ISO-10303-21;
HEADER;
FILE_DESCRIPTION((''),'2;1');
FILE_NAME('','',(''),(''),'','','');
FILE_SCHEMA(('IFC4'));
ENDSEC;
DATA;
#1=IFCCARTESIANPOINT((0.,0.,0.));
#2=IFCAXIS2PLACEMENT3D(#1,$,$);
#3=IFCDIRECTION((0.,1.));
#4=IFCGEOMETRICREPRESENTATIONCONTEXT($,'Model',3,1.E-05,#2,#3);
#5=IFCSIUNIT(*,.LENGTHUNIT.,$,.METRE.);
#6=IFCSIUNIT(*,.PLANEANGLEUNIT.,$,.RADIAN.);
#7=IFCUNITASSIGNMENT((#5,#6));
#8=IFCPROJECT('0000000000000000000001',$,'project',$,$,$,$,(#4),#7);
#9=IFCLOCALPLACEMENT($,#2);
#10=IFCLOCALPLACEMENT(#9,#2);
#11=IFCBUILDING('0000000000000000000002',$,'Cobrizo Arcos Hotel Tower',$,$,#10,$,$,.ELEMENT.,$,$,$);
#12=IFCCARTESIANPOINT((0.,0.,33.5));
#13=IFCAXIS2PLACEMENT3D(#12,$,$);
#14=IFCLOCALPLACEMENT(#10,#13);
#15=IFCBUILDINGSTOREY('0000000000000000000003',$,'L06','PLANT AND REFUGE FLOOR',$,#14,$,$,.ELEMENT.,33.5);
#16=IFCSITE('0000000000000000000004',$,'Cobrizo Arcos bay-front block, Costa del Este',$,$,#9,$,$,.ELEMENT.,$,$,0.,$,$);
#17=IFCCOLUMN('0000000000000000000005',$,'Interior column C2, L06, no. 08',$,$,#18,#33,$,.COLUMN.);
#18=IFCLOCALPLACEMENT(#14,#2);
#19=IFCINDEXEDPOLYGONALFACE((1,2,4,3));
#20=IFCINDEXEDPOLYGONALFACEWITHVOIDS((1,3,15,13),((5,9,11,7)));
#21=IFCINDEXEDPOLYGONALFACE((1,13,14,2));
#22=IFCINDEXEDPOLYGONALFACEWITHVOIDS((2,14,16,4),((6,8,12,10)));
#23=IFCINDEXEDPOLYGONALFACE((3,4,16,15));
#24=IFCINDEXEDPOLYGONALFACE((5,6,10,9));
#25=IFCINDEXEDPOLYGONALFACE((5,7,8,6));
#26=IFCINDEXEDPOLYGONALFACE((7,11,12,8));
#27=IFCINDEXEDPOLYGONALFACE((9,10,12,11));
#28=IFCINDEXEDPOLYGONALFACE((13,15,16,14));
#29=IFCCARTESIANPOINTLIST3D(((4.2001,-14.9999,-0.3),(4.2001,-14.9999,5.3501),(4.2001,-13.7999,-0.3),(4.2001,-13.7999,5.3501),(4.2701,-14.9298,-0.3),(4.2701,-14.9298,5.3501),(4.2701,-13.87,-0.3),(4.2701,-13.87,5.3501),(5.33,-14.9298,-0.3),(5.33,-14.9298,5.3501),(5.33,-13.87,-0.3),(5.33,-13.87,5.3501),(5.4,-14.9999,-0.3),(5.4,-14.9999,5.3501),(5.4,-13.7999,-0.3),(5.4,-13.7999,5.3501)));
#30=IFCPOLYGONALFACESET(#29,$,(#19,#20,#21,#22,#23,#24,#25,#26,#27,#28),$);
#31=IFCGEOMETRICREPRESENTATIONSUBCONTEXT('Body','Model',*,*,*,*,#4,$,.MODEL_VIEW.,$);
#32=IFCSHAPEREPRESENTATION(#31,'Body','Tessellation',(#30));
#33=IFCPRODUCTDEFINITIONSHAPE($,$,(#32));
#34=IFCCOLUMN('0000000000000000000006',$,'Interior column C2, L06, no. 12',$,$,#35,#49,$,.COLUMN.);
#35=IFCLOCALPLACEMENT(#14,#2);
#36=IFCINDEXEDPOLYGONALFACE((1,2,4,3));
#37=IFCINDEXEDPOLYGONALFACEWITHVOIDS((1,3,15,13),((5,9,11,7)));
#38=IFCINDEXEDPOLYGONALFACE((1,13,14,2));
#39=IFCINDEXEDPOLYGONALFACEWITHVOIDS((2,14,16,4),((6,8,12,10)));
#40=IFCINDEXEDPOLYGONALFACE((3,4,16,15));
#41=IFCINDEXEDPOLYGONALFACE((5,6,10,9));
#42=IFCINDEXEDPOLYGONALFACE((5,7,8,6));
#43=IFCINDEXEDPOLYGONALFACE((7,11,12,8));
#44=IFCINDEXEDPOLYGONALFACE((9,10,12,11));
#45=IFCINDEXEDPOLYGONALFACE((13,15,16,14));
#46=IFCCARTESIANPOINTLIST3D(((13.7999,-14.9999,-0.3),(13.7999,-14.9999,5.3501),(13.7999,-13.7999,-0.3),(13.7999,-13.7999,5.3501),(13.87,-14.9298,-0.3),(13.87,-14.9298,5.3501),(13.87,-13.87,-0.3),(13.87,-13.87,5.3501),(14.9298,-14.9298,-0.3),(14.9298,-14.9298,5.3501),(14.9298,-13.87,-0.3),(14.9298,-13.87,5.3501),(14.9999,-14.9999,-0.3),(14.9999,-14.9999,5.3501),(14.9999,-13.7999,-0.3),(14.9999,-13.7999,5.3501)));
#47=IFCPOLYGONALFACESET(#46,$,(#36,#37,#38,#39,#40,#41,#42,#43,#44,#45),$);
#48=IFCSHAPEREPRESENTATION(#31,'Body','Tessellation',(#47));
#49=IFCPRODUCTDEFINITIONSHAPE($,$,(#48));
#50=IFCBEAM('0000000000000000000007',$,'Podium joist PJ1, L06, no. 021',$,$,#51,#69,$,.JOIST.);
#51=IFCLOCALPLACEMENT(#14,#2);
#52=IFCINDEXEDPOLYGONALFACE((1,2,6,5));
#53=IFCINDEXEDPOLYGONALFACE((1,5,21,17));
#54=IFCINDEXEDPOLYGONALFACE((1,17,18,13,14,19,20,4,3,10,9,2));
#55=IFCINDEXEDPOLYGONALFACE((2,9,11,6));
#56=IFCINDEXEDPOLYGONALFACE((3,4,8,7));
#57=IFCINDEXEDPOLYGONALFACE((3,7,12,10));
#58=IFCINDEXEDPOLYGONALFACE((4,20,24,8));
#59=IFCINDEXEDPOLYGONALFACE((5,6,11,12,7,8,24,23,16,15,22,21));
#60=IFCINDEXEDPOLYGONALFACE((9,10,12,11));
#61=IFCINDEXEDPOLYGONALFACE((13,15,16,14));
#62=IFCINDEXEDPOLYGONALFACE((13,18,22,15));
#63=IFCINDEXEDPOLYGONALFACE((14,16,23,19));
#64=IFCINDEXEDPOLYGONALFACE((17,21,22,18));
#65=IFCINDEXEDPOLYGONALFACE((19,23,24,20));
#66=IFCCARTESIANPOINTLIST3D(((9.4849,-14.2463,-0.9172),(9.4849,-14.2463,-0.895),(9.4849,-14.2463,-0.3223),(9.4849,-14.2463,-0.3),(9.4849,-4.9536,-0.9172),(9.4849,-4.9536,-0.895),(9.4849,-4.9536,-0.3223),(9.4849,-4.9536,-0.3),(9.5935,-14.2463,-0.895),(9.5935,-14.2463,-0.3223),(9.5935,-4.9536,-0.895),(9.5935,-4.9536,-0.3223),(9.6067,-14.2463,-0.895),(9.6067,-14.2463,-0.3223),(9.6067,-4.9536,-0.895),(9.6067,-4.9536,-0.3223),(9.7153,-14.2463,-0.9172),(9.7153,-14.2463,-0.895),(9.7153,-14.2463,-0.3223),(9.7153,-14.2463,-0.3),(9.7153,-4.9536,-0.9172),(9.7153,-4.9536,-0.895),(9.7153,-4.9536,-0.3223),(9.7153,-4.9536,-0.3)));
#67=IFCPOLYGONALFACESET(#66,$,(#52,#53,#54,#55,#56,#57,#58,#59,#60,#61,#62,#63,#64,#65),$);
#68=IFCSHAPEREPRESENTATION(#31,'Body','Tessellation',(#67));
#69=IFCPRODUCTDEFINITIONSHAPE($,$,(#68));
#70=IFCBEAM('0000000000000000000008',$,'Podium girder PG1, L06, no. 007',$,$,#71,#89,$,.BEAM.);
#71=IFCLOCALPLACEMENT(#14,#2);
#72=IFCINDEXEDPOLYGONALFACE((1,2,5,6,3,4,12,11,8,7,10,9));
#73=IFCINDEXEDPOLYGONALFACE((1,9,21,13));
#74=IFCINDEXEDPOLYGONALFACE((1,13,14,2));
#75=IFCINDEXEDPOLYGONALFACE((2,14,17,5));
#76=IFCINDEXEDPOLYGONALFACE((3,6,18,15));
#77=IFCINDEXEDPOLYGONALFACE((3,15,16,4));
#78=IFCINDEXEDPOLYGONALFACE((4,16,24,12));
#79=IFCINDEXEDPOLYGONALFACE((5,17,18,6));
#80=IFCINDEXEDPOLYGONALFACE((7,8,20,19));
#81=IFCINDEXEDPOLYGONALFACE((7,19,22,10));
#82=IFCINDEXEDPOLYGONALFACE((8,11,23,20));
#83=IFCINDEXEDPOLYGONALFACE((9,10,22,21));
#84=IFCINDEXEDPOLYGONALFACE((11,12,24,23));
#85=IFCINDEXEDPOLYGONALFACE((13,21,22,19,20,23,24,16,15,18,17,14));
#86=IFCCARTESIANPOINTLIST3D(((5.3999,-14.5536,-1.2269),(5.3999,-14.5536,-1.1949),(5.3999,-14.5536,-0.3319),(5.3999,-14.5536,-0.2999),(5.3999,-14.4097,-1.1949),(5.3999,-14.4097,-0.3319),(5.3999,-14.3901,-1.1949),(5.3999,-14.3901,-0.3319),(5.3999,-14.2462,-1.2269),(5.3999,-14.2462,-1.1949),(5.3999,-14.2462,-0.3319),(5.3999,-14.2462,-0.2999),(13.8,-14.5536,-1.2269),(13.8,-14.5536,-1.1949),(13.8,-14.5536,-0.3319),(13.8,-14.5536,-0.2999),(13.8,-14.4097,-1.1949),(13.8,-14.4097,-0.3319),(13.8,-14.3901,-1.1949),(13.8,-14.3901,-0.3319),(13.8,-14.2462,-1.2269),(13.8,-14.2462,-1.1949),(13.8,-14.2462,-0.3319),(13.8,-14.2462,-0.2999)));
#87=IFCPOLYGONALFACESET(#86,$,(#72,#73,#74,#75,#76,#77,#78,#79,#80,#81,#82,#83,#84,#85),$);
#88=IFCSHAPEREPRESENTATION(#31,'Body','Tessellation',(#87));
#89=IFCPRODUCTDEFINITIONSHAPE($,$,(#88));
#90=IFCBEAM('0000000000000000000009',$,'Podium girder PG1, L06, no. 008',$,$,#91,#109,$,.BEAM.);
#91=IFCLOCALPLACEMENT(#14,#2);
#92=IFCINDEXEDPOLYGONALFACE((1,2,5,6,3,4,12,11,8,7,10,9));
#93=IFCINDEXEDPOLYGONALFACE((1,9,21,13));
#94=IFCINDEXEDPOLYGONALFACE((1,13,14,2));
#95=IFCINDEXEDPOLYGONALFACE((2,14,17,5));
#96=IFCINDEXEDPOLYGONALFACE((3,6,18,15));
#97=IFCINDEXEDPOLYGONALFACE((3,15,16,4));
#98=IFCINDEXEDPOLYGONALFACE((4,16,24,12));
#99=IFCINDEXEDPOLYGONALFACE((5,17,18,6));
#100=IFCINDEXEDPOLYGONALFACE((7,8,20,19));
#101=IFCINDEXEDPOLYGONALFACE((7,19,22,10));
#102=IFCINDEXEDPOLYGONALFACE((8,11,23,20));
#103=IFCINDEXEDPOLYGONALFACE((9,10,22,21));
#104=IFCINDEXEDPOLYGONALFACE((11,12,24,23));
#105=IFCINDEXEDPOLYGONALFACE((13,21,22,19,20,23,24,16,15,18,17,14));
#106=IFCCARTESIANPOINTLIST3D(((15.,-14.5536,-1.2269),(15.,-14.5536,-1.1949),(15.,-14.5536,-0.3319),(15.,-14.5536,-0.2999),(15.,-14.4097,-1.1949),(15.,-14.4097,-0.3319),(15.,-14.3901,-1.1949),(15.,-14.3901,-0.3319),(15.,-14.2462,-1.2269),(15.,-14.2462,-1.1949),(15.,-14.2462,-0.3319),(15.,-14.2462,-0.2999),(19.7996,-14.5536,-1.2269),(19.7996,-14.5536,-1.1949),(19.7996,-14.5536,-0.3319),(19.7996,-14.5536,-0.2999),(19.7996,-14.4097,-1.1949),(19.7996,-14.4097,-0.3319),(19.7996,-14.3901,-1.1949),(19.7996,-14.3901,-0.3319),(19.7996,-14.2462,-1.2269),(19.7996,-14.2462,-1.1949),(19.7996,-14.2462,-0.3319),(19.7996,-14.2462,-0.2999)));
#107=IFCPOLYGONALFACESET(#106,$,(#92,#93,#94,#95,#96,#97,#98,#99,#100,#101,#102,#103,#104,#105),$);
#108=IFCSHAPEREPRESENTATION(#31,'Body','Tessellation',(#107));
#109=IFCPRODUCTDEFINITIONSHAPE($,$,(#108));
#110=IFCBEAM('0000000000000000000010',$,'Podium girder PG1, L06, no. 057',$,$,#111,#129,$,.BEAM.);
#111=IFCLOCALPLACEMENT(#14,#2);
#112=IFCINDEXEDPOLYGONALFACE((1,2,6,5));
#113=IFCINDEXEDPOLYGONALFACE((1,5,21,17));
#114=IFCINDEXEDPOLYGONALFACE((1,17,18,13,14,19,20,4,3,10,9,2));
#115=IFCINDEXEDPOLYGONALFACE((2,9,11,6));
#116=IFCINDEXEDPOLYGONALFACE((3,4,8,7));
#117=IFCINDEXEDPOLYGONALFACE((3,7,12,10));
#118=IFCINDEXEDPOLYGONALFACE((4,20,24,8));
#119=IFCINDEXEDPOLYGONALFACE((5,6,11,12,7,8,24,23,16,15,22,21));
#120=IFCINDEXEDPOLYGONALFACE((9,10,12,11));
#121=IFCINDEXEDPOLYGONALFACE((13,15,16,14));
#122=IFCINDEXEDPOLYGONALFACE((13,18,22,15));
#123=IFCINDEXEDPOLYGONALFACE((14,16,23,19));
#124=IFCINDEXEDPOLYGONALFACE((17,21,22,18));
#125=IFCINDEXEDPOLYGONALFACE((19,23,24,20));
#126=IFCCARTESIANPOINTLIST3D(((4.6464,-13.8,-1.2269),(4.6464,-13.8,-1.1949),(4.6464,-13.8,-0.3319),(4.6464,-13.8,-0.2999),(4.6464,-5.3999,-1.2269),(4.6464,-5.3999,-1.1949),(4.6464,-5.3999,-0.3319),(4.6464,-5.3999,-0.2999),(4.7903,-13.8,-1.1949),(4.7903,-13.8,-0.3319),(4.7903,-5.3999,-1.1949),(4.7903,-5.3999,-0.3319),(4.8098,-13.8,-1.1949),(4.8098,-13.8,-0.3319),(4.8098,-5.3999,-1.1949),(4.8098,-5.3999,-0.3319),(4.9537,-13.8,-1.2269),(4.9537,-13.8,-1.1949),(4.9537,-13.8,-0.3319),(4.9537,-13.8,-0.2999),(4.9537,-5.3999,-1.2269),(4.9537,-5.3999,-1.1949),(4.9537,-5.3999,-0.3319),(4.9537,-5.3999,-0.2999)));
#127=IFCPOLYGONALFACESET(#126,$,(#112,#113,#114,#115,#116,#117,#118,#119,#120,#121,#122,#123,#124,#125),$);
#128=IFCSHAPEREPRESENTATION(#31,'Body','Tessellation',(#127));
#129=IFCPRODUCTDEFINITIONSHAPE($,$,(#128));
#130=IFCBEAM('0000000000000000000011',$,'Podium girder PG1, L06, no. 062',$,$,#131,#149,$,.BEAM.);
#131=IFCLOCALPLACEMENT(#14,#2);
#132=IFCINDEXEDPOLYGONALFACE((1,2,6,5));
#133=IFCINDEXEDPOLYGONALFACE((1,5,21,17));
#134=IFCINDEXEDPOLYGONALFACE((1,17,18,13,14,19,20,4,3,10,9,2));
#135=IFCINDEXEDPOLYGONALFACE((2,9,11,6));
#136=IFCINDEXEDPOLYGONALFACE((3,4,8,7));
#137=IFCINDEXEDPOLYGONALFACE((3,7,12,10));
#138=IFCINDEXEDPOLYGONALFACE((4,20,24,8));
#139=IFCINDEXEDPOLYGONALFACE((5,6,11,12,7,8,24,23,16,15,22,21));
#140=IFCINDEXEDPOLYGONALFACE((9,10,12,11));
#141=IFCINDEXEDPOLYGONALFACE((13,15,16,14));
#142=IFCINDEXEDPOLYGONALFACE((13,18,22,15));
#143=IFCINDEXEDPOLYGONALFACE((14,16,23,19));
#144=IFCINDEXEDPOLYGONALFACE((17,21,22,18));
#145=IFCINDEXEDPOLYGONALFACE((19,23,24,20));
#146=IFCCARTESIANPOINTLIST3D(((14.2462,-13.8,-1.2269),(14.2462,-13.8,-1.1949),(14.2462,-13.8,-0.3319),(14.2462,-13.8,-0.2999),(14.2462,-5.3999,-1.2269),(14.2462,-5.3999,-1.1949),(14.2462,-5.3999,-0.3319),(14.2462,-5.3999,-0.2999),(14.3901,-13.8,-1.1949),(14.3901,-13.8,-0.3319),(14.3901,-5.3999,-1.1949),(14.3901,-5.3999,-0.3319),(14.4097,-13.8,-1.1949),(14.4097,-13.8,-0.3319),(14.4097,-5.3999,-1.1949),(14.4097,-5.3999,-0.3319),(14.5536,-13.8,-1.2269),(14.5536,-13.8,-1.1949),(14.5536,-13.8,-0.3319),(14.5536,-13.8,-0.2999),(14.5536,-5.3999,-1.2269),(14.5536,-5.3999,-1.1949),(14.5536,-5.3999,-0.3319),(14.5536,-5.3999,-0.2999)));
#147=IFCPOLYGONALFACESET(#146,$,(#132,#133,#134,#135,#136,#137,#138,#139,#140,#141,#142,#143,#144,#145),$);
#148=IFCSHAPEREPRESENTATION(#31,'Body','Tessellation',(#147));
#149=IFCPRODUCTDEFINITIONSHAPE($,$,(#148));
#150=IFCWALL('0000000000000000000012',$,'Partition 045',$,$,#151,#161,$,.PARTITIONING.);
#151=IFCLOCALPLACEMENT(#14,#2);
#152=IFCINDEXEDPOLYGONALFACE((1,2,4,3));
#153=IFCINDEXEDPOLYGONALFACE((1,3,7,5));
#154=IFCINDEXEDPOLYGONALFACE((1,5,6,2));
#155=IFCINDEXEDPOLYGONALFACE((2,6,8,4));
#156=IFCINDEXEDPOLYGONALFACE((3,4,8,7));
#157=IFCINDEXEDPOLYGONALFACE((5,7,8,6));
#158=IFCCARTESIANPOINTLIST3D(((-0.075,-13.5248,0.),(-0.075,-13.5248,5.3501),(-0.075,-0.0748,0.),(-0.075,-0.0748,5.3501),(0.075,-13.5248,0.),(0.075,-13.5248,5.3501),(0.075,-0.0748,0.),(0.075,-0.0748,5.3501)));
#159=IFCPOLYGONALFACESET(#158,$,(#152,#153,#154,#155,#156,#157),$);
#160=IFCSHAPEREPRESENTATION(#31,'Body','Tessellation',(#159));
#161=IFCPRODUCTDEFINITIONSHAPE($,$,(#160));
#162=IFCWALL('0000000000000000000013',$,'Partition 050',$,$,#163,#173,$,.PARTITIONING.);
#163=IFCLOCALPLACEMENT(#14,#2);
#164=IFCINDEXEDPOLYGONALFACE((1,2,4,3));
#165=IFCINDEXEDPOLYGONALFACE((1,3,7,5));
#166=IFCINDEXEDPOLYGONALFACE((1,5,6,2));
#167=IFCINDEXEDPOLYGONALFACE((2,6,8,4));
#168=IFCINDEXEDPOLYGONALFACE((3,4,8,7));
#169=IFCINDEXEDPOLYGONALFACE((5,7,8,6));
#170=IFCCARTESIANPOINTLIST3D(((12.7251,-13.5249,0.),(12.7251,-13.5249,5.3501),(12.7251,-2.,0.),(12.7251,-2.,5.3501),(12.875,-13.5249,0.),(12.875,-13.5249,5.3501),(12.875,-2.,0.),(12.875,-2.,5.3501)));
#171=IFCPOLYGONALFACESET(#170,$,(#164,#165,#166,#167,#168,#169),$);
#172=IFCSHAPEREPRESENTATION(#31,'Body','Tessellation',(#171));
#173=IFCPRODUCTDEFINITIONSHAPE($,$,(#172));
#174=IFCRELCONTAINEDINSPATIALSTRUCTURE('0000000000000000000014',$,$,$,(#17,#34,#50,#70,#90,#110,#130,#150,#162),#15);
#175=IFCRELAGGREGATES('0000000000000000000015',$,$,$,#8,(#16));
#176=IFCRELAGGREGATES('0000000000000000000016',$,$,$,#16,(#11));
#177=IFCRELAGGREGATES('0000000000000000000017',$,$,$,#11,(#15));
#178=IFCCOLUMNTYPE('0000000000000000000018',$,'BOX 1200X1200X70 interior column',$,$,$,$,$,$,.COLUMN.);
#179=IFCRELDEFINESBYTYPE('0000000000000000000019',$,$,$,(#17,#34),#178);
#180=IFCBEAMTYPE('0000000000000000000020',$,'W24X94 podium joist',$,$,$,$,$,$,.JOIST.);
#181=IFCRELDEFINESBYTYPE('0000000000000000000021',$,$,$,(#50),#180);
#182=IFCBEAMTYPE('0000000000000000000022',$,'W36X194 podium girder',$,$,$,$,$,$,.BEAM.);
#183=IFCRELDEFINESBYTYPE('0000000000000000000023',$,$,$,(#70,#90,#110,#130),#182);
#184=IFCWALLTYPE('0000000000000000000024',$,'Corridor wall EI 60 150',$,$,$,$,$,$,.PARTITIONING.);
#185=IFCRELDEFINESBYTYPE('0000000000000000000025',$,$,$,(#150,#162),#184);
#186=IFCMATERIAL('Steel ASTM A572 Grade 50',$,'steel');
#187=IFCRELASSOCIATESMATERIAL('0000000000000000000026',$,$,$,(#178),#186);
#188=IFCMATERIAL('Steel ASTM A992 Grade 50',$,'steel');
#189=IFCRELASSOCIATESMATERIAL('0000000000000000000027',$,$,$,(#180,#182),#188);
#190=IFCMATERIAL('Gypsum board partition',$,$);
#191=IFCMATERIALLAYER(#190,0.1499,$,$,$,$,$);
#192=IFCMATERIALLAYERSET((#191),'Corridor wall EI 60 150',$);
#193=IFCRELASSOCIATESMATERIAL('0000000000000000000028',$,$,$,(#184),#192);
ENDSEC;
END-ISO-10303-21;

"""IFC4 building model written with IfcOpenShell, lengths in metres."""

from ifc_helpers import new_model, si_unit, direction, frame, frame_2d, origin, origin_2d, place, context, subcontext, project, spatial, rectangle, hollow_rectangle, i_section, extrude, material, layer, layer_set, material_profile, profile_set, type_object, element, save


model = new_model("IFC4")

# Units and contexts
model_context = context("Model", 3, precision=1e-05, world=origin(), true_north=direction((0.0, 1.0)))
body_context = subcontext(model_context, "Body", "Model", "MODEL_VIEW")
ifc_project = project(units=[si_unit("LENGTHUNIT", "METRE"), si_unit("PLANEANGLEUNIT", "RADIAN")], contexts=[model_context])

# Site, building, storey
site_placement = place(None, origin())
site = spatial("IfcSite", under=ifc_project, at=site_placement, Name="Cobrizo Arcos bay-front block, Costa del Este", CompositionType="ELEMENT", RefElevation=0.0)
building_placement = place(site_placement, origin())
building = spatial("IfcBuilding", under=site, at=building_placement, Name="Cobrizo Arcos Hotel Tower", CompositionType="ELEMENT")
storey_placement = place(building_placement, frame((0.0, 0.0, 33.5)))
storey = spatial("IfcBuildingStorey", under=building, at=storey_placement, Name="L06", Description="PLANT AND REFUGE FLOOR", CompositionType="ELEMENT", Elevation=33.5)

# Columns
ifc_material_1 = material(Name="Steel ASTM A572 Grade 50", Category="steel")
ifc_material_profile_1 = material_profile(ifc_material_1, hollow_rectangle(XDim=1.2, YDim=1.2, WallThickness=0.0701, at=origin_2d()), Name="BOX 1200X1200X70")
ifc_profile_set_1 = profile_set([ifc_material_profile_1], Name="Steel ASTM A572 Grade 50")
column_type = type_object("IfcColumnType", Name="BOX 1200X1200X70 interior column", PredefinedType="COLUMN", material=ifc_profile_set_1)
for number, where, z_axis, x_axis, name in (
    (1, (4.8, -14.3999, -0.3), (0.0, 0.0, 1.0), (1.0, 0.0, 0.0), "Interior column C2, L06, no. 08"),
    (2, (14.3999, -14.3999, -0.3), (0.0, 0.0, 1.0), (1.0, 0.0, 0.0), "Interior column C2, L06, no. 12"),
):
    element("IfcColumn", number, at=place(storey_placement, frame(where, z_axis=z_axis, x_axis=x_axis)), inside=storey, type_object=column_type, Name=name, PredefinedType="COLUMN", context=body_context, shape_type="SweptSolid", body=[
        extrude(hollow_rectangle(XDim=1.2, YDim=1.2, WallThickness=0.0701, at=origin_2d()), origin(), (0.0, 0.0, 1.0), 5.6501),
    ])

# Beams
ifc_material_2 = material(Name="Steel ASTM A992 Grade 50", Category="steel")
ifc_material_profile_2 = material_profile(ifc_material_2, i_section(OverallWidth=0.2305, OverallDepth=0.6172, WebThickness=0.0132, FlangeThickness=0.0222, at=origin_2d()), Name="W24X94")
ifc_profile_set_2 = profile_set([ifc_material_profile_2], Name="Steel ASTM A992 Grade 50")
beam_type_1 = type_object("IfcBeamType", Name="W24X94 podium joist", PredefinedType="JOIST", material=ifc_profile_set_2)
beam_1_placement = place(storey_placement, frame((9.6001, -14.2463, -0.6086), z_axis=(0.0, 1.0, 0.0), x_axis=(-1.0, 0.0, 0.0)))
element("IfcBeam", 3, at=beam_1_placement, inside=storey, type_object=beam_type_1, Name="Podium joist PJ1, L06, no. 021", PredefinedType="JOIST", context=body_context, shape_type="SweptSolid", body=[
    extrude(i_section(OverallWidth=0.2305, OverallDepth=0.6172, WebThickness=0.0132, FlangeThickness=0.0222, at=origin_2d()), origin(), (0.0, 0.0, 1.0), 9.2927),
])
ifc_material_profile_3 = material_profile(ifc_material_2, i_section(OverallWidth=0.3074, OverallDepth=0.927, WebThickness=0.0195, FlangeThickness=0.032, at=origin_2d()), Name="W36X194")
ifc_profile_set_3 = profile_set([ifc_material_profile_3], Name="Steel ASTM A992 Grade 50")
beam_type_2 = type_object("IfcBeamType", Name="W36X194 podium girder", PredefinedType="BEAM", material=ifc_profile_set_3)
beam_2_placement = place(storey_placement, frame((5.3999, -14.3999, -0.7634), z_axis=(1.0, 0.0, 0.0), x_axis=(0.0, 1.0, 0.0)))
element("IfcBeam", 4, at=beam_2_placement, inside=storey, type_object=beam_type_2, Name="Podium girder PG1, L06, no. 007", PredefinedType="BEAM", context=body_context, shape_type="SweptSolid", body=[
    extrude(i_section(OverallWidth=0.3074, OverallDepth=0.927, WebThickness=0.0195, FlangeThickness=0.032, at=origin_2d()), origin(), (0.0, 0.0, 1.0), 8.4001),
])
beam_3_placement = place(storey_placement, frame((15.0, -14.3999, -0.7634), z_axis=(1.0, 0.0, 0.0), x_axis=(0.0, 1.0, 0.0)))
element("IfcBeam", 5, at=beam_3_placement, inside=storey, type_object=beam_type_2, Name="Podium girder PG1, L06, no. 008", PredefinedType="BEAM", context=body_context, shape_type="SweptSolid", body=[
    extrude(i_section(OverallWidth=0.3074, OverallDepth=0.927, WebThickness=0.0195, FlangeThickness=0.032, at=origin_2d()), origin(), (0.0, 0.0, 1.0), 4.7996),
])
for number, where, z_axis, x_axis, name in (
    (6, (4.8, -13.8, -0.7634), (0.0, 1.0, 0.0), (-1.0, 0.0, 0.0), "Podium girder PG1, L06, no. 057"),
    (7, (14.3999, -13.8, -0.7634), (0.0, 1.0, 0.0), (-1.0, 0.0, 0.0), "Podium girder PG1, L06, no. 062"),
):
    element("IfcBeam", number, at=place(storey_placement, frame(where, z_axis=z_axis, x_axis=x_axis)), inside=storey, type_object=beam_type_2, Name=name, PredefinedType="BEAM", context=body_context, shape_type="SweptSolid", body=[
        extrude(i_section(OverallWidth=0.3074, OverallDepth=0.927, WebThickness=0.0195, FlangeThickness=0.032, at=origin_2d()), origin(), (0.0, 0.0, 1.0), 8.4001),
    ])

# Walls
ifc_material_3 = material(Name="Gypsum board partition")
ifc_layer_1 = layer(ifc_material_3, 0.1499)
ifc_layer_set_1 = layer_set([ifc_layer_1], Name="Corridor wall EI 60 150")
wall_type_1 = type_object("IfcWallType", Name="Corridor wall EI 60 150", PredefinedType="PARTITIONING", material=ifc_layer_set_1)
wall_1_placement = place(storey_placement, frame((0.0, -13.5249, 0.0), z_axis=(0.0, 0.0, 1.0), x_axis=(0.0, 1.0, 0.0)))
element("IfcWall", 8, at=wall_1_placement, inside=storey, type_object=wall_type_1, Name="Partition 045", PredefinedType="PARTITIONING", context=body_context, shape_type="SweptSolid", body=[
    extrude(rectangle(XDim=13.45, YDim=0.1499, at=frame_2d((6.7251, 0.0))), origin(), (0.0, 0.0, 1.0), 5.3501),
])
wall_2_placement = place(storey_placement, frame((12.8, -13.5249, 0.0), z_axis=(0.0, 0.0, 1.0), x_axis=(0.0, 1.0, 0.0)))
element("IfcWall", 9, at=wall_2_placement, inside=storey, type_object=wall_type_1, Name="Partition 050", PredefinedType="PARTITIONING", context=body_context, shape_type="SweptSolid", body=[
    extrude(rectangle(XDim=11.5249, YDim=0.1499, at=frame_2d((5.7625, 0.0))), origin(), (0.0, 0.0, 1.0), 5.3501),
])

save(model, "model.ifc")
